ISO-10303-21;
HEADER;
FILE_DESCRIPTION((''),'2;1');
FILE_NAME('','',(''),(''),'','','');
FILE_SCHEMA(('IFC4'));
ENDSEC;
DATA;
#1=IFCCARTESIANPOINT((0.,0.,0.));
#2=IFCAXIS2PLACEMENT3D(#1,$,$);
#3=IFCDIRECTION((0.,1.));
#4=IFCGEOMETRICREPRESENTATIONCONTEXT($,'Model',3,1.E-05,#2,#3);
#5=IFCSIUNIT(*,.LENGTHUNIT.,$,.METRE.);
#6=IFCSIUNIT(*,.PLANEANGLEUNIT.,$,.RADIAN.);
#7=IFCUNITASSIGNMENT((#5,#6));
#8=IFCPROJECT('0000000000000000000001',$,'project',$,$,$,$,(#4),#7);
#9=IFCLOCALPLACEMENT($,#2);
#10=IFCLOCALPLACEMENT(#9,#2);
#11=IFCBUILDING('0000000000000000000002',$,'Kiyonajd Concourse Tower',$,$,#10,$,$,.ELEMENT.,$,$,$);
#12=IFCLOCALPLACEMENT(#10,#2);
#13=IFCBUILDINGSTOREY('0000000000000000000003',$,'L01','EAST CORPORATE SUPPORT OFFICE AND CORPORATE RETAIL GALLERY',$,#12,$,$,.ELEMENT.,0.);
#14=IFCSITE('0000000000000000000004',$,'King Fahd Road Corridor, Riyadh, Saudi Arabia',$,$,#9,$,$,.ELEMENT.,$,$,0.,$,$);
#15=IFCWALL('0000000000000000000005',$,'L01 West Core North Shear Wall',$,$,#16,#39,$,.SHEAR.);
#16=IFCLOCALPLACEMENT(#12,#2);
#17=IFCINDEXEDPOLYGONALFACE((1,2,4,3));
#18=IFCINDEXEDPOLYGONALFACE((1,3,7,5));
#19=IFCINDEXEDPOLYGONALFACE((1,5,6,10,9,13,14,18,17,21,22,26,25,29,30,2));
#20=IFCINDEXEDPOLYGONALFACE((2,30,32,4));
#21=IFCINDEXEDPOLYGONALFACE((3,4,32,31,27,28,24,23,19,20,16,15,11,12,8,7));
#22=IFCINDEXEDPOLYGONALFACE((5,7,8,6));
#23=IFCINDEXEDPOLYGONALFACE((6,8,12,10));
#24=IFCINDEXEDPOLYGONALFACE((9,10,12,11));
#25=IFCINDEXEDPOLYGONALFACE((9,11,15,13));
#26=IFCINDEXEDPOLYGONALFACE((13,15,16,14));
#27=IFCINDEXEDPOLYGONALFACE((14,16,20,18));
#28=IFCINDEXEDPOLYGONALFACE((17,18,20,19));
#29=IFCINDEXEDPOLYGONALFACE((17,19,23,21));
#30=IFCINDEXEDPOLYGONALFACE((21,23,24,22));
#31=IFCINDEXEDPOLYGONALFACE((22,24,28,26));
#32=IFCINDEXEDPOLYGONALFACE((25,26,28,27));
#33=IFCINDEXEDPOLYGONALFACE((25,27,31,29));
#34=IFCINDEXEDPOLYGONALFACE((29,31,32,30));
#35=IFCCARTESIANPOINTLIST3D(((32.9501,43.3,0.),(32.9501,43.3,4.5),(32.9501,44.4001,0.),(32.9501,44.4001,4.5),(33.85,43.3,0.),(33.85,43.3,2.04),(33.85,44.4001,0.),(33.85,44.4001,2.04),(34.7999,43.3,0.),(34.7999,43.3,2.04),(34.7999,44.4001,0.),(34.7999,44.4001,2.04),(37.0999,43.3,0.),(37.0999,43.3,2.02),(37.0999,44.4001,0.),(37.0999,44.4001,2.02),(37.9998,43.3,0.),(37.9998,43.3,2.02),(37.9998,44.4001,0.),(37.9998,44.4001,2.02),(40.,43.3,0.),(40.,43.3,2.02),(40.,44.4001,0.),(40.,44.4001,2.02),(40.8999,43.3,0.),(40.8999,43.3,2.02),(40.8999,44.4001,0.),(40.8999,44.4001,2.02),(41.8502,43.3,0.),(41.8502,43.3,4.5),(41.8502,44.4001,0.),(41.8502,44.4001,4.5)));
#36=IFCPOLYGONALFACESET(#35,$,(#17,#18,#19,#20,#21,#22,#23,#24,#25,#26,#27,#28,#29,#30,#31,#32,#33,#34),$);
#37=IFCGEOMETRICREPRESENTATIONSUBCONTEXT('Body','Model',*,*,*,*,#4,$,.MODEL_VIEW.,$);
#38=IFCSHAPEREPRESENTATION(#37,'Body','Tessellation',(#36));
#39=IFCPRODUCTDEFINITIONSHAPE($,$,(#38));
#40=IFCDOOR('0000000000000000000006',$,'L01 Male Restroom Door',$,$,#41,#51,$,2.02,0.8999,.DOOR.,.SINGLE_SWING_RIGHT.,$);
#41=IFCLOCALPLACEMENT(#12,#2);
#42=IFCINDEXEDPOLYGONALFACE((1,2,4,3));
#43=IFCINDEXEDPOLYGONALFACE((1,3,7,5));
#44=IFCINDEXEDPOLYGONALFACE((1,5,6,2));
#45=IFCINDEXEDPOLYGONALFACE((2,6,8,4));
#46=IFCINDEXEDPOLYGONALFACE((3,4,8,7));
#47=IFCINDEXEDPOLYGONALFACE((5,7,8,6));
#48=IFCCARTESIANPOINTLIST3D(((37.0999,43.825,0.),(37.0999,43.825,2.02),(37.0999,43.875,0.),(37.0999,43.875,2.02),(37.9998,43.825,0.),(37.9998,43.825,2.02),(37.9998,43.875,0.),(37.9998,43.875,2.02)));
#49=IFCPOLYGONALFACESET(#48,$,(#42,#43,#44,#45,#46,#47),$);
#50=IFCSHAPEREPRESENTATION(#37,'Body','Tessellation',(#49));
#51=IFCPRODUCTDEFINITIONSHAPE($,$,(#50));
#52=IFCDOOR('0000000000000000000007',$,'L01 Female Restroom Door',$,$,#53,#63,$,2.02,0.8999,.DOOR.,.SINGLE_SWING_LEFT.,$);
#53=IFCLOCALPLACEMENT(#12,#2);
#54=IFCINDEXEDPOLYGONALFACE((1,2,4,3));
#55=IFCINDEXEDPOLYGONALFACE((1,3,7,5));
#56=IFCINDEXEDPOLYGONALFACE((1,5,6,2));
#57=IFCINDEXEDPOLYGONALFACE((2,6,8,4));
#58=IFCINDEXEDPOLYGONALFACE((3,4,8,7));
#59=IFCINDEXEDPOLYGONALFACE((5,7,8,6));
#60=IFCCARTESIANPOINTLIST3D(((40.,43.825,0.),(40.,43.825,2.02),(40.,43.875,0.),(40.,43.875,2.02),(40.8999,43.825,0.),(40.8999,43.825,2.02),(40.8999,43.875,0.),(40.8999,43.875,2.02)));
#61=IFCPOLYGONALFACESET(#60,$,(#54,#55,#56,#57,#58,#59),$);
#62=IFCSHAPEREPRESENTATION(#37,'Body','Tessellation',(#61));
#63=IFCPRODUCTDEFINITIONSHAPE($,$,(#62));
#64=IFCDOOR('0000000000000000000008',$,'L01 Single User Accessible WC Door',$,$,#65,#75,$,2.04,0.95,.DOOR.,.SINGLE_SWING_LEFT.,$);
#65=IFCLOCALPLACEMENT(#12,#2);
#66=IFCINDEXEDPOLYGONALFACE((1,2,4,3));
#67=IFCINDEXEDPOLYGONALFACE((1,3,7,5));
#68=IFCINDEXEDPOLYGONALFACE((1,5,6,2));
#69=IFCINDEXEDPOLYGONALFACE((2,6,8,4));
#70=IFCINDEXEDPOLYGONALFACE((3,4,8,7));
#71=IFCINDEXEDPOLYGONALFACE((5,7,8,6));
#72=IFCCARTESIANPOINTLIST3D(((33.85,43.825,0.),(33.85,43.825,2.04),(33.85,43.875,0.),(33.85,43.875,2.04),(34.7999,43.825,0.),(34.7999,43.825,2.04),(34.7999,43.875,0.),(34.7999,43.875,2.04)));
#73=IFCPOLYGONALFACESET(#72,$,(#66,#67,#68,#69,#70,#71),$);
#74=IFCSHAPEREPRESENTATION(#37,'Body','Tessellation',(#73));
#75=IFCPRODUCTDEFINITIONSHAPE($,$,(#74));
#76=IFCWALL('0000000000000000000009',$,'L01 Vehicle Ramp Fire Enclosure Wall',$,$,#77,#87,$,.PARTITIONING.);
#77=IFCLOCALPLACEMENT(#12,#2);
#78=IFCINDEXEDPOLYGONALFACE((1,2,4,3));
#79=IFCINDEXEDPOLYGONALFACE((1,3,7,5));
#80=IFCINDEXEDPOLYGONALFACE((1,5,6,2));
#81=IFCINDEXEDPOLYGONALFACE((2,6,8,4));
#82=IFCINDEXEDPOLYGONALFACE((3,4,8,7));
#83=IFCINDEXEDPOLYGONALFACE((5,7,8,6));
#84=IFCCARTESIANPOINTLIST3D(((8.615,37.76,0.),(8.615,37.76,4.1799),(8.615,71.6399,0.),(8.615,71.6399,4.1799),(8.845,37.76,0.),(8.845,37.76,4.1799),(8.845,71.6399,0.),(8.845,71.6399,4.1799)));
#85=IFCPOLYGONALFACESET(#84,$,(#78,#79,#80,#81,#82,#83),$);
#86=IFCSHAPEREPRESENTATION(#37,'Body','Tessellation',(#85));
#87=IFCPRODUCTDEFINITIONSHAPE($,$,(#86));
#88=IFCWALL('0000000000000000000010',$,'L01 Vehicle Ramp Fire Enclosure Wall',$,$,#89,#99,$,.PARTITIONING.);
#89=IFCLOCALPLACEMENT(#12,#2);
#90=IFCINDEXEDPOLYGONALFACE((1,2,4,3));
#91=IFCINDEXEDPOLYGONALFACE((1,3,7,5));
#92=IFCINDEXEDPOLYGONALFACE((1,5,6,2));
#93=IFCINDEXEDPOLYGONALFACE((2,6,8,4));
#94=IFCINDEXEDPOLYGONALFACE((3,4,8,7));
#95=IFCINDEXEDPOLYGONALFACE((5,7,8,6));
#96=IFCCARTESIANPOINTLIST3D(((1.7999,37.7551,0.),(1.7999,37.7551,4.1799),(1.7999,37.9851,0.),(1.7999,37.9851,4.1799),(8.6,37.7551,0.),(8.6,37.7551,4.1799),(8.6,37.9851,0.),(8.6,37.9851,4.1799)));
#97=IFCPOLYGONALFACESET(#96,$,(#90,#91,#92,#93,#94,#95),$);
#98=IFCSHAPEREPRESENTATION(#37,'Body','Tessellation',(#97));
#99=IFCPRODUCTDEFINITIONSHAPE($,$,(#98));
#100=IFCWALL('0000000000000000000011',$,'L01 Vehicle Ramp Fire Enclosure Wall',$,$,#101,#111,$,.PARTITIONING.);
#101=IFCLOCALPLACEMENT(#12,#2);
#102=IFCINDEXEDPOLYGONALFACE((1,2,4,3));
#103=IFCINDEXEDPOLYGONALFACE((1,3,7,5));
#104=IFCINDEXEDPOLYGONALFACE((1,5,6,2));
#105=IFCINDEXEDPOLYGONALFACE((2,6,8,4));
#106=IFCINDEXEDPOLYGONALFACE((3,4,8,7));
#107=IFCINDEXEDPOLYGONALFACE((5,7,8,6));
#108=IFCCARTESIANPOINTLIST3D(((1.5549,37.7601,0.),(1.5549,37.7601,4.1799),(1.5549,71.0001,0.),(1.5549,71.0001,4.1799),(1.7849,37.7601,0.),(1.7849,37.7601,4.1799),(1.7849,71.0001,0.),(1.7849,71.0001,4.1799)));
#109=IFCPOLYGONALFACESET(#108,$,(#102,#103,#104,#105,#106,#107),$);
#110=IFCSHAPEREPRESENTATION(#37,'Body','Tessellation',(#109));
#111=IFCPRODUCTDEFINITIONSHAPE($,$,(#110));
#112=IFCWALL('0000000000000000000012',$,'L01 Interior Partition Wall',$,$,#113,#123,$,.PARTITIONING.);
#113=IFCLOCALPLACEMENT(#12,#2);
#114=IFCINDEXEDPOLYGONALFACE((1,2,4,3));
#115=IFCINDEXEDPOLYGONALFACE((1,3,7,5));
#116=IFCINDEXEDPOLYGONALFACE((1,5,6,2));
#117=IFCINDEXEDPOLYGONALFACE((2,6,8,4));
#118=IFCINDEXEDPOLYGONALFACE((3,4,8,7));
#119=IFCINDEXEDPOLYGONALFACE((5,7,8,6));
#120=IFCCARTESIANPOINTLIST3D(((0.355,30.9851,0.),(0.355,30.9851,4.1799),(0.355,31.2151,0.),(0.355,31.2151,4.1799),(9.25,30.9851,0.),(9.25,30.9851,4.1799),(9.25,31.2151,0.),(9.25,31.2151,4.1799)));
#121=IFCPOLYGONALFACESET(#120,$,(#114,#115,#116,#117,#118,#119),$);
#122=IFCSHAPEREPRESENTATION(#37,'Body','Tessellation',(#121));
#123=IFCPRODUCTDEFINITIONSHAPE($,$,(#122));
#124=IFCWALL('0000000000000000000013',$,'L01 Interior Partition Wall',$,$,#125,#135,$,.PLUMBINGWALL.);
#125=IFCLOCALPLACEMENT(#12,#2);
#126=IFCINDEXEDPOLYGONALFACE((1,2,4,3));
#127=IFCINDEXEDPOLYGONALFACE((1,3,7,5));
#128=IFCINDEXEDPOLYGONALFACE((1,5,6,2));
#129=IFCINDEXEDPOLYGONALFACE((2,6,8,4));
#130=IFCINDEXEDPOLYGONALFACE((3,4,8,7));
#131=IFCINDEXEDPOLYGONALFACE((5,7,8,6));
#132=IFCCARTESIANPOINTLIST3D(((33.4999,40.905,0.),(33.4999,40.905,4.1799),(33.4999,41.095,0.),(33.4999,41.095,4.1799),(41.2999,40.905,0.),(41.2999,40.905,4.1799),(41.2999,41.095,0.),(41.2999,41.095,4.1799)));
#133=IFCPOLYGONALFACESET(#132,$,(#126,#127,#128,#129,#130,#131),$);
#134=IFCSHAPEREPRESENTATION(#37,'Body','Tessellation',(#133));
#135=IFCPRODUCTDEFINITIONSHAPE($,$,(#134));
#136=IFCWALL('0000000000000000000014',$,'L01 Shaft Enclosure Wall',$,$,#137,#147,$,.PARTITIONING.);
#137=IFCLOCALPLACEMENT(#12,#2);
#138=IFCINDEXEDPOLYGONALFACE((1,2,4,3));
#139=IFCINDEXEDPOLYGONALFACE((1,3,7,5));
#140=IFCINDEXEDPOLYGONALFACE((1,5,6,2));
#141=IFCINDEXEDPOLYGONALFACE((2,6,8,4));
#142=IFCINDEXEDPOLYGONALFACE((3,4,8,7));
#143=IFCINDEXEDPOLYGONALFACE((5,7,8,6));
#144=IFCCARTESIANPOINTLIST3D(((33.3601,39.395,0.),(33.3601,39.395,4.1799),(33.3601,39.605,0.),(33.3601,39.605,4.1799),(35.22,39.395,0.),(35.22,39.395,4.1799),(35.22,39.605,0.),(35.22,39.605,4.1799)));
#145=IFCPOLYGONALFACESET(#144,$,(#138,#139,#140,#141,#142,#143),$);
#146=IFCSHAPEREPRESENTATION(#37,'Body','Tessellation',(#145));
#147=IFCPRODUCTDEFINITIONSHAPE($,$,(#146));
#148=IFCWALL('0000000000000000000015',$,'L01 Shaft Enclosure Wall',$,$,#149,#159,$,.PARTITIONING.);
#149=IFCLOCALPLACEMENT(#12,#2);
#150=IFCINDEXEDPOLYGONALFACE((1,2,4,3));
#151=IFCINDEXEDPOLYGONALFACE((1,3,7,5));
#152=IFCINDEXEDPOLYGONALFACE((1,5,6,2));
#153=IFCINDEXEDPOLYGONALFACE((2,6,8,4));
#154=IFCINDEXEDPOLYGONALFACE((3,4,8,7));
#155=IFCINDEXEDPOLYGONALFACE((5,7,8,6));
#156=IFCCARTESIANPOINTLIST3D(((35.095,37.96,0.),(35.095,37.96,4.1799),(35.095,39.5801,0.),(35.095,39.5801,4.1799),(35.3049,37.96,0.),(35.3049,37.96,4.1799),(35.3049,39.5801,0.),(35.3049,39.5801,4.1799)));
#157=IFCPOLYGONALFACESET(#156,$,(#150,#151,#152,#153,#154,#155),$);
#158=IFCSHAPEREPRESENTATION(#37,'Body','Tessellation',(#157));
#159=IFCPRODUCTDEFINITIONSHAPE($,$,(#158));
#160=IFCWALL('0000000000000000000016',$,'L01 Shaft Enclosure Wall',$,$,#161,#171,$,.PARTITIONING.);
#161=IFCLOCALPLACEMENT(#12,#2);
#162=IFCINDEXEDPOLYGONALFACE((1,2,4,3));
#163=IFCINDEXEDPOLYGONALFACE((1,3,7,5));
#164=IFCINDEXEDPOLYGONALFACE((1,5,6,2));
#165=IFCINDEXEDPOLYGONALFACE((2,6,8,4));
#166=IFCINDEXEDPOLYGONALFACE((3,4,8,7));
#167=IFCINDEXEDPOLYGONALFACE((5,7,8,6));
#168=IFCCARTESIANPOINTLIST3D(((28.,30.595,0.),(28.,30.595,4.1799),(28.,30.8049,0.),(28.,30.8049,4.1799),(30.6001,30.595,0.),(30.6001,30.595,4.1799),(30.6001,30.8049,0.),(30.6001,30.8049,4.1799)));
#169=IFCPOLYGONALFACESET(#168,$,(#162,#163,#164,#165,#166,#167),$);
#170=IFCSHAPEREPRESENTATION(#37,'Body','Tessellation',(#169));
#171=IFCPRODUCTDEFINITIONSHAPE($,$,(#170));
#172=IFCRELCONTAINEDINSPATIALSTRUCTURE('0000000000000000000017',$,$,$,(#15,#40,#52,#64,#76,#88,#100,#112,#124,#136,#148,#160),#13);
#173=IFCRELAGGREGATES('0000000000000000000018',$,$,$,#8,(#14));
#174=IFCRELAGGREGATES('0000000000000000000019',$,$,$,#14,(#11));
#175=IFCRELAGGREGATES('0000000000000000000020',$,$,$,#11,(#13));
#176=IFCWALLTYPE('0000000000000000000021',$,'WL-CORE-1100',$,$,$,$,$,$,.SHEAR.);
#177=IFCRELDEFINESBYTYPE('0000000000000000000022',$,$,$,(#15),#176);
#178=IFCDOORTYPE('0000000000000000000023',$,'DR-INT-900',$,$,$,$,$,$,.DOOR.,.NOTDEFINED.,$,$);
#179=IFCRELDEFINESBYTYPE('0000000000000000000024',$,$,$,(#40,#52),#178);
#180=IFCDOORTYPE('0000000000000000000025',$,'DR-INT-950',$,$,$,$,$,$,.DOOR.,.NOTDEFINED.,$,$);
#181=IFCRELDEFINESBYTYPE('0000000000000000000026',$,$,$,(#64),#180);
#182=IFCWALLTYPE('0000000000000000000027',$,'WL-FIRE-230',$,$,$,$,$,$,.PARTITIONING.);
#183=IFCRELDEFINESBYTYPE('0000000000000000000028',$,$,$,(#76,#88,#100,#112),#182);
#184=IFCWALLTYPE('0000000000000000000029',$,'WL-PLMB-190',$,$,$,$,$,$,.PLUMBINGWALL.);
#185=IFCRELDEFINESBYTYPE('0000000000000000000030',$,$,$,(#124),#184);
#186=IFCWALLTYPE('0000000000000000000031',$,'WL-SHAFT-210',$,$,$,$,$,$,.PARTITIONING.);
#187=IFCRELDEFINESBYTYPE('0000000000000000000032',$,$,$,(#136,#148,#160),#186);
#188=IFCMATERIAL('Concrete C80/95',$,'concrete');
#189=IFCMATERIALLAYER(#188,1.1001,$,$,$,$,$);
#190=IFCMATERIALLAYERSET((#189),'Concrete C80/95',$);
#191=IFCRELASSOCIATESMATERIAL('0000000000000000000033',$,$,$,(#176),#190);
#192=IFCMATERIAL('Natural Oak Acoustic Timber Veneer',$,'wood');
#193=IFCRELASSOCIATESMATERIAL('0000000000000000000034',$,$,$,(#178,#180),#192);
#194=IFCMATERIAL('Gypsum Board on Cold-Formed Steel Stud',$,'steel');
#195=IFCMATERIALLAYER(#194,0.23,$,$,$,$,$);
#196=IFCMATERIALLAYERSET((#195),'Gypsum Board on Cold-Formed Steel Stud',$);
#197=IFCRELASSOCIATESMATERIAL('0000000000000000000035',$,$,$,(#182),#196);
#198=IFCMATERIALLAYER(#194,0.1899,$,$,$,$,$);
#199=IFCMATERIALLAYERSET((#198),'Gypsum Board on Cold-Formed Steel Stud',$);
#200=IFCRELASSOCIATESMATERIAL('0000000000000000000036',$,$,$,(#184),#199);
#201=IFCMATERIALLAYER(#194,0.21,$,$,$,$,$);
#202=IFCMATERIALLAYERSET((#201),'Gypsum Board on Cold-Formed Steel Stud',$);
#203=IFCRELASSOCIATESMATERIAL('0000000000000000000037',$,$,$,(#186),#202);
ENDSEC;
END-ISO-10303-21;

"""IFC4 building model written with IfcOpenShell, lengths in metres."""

from ifc_helpers import new_model, si_unit, direction, frame, frame_2d, origin, place, context, subcontext, project, spatial, rectangle, extrude, material, layer, layer_set, type_object, element, fill, save


model = new_model("IFC4")

# Units and contexts
model_context = context("Model", 3, precision=1e-05, world=origin(), true_north=direction((0.0, 1.0)))
body_context = subcontext(model_context, "Body", "Model", "MODEL_VIEW")
ifc_project = project(units=[si_unit("LENGTHUNIT", "METRE"), si_unit("PLANEANGLEUNIT", "RADIAN")], contexts=[model_context])

# Site, building, storey
site_placement = place(None, origin())
site = spatial("IfcSite", under=ifc_project, at=site_placement, Name="King Fahd Road Corridor, Riyadh, Saudi Arabia", CompositionType="ELEMENT", RefElevation=0.0)
building_placement = place(site_placement, origin())
building = spatial("IfcBuilding", under=site, at=building_placement, Name="Kiyonajd Concourse Tower", CompositionType="ELEMENT")
storey_placement = place(building_placement, origin())
storey = spatial("IfcBuildingStorey", under=building, at=storey_placement, Name="L01", Description="EAST CORPORATE SUPPORT OFFICE AND CORPORATE RETAIL GALLERY", CompositionType="ELEMENT", Elevation=0.0)

# Shared definitions
ifc_material_1 = material(Name="Concrete C80/95", Category="concrete")

# Wall, openings, doors
ifc_layer_1 = layer(ifc_material_1, 1.1001)
ifc_layer_set_1 = layer_set([ifc_layer_1], Name="Concrete C80/95")
wall_type_1 = type_object("IfcWallType", Name="WL-CORE-1100", PredefinedType="SHEAR", material=ifc_layer_set_1)
wall_1_placement = place(storey_placement, frame((32.95, 43.8501, 0.0), z_axis=(0.0, 0.0, 1.0), x_axis=(1.0, 0.0, 0.0)))
wall_1 = element("IfcWall", 1, at=wall_1_placement, inside=storey, type_object=wall_type_1, Name="L01 West Core North Shear Wall", PredefinedType="SHEAR", context=body_context, shape_type="SweptSolid", body=[
    extrude(rectangle(XDim=8.9001, YDim=1.1001, at=frame_2d((4.4502, 0.0))), origin(), (0.0, 0.0, 1.0), 4.5),
])
opening_1_placement = place(wall_1_placement, frame((0.8999, 0.0, 0.0)))
opening_1 = element("IfcOpeningElement", 2, at=opening_1_placement, cuts=wall_1, PredefinedType="OPENING", context=body_context, shape_type="SweptSolid", body=[
    extrude(rectangle(XDim=0.95, YDim=2.04, at=frame_2d((0.4751, 1.02))), frame((0.0, 0.5601, 0.0), z_axis=(0.0, -1.0, 0.0), x_axis=(1.0, 0.0, 0.0)), (0.0, 0.0, 1.0), 1.1201),
])
opening_2_placement = place(wall_1_placement, frame((4.1499, 0.0, 0.0)))
opening_2 = element("IfcOpeningElement", 3, at=opening_2_placement, cuts=wall_1, PredefinedType="OPENING", context=body_context, shape_type="SweptSolid", body=[
    extrude(rectangle(XDim=0.8999, YDim=2.02, at=frame_2d((0.45, 1.01))), frame((0.0, 0.5601, 0.0), z_axis=(0.0, -1.0, 0.0), x_axis=(1.0, 0.0, 0.0)), (0.0, 0.0, 1.0), 1.1201),
])
opening_3_placement = place(wall_1_placement, frame((7.05, 0.0, 0.0)))
opening_3 = element("IfcOpeningElement", 4, at=opening_3_placement, cuts=wall_1, PredefinedType="OPENING", context=body_context, shape_type="SweptSolid", body=[
    extrude(rectangle(XDim=0.8999, YDim=2.02, at=frame_2d((0.45, 1.01))), frame((0.0, 0.5601, 0.0), z_axis=(0.0, -1.0, 0.0), x_axis=(1.0, 0.0, 0.0)), (0.0, 0.0, 1.0), 1.1201),
])
ifc_material_2 = material(Name="Natural Oak Acoustic Timber Veneer", Category="wood")
door_type_1 = type_object("IfcDoorType", Name="DR-INT-900", OperationType="NOTDEFINED", PredefinedType="DOOR", material=ifc_material_2)
door_1_placement = place(opening_2_placement, origin())
door_1 = element("IfcDoor", 5, at=door_1_placement, inside=storey, type_object=door_type_1, Name="L01 Male Restroom Door", OperationType="SINGLE_SWING_RIGHT", OverallHeight=2.02, OverallWidth=0.8999, PredefinedType="DOOR", context=body_context, shape_type="SweptSolid", body=[
    extrude(rectangle(XDim=0.8999, YDim=2.02, at=frame_2d((0.45, 1.01))), frame((0.0, 0.0249, 0.0), z_axis=(0.0, -1.0, 0.0), x_axis=(1.0, 0.0, 0.0)), (0.0, 0.0, 1.0), 0.05),
])
fill(opening_2, door_1)
door_2_placement = place(opening_3_placement, origin())
door_2 = element("IfcDoor", 6, at=door_2_placement, inside=storey, type_object=door_type_1, Name="L01 Female Restroom Door", OperationType="SINGLE_SWING_LEFT", OverallHeight=2.02, OverallWidth=0.8999, PredefinedType="DOOR", context=body_context, shape_type="SweptSolid", body=[
    extrude(rectangle(XDim=0.8999, YDim=2.02, at=frame_2d((0.45, 1.01))), frame((0.0, 0.0249, 0.0), z_axis=(0.0, -1.0, 0.0), x_axis=(1.0, 0.0, 0.0)), (0.0, 0.0, 1.0), 0.05),
])
fill(opening_3, door_2)
door_type_2 = type_object("IfcDoorType", Name="DR-INT-950", OperationType="NOTDEFINED", PredefinedType="DOOR", material=ifc_material_2)
door_3_placement = place(opening_1_placement, origin())
door_3 = element("IfcDoor", 7, at=door_3_placement, inside=storey, type_object=door_type_2, Name="L01 Single User Accessible WC Door", OperationType="SINGLE_SWING_LEFT", OverallHeight=2.04, OverallWidth=0.95, PredefinedType="DOOR", context=body_context, shape_type="SweptSolid", body=[
    extrude(rectangle(XDim=0.95, YDim=2.04, at=frame_2d((0.4751, 1.02))), frame((0.0, 0.0249, 0.0), z_axis=(0.0, -1.0, 0.0), x_axis=(1.0, 0.0, 0.0)), (0.0, 0.0, 1.0), 0.05),
])
fill(opening_1, door_3)

# Walls
ifc_material_3 = material(Name="Gypsum Board on Cold-Formed Steel Stud", Category="steel")
ifc_layer_2 = layer(ifc_material_3, 0.23)
ifc_layer_set_2 = layer_set([ifc_layer_2], Name="Gypsum Board on Cold-Formed Steel Stud")
wall_type_2 = type_object("IfcWallType", Name="WL-FIRE-230", PredefinedType="PARTITIONING", material=ifc_layer_set_2)
wall_2_placement = place(storey_placement, frame((8.73, 37.76, 0.0), z_axis=(0.0, 0.0, 1.0), x_axis=(0.0, 1.0, 0.0)))
element("IfcWall", 8, at=wall_2_placement, inside=storey, type_object=wall_type_2, Name="L01 Vehicle Ramp Fire Enclosure Wall", PredefinedType="PARTITIONING", context=body_context, shape_type="SweptSolid", body=[
    extrude(rectangle(XDim=33.8799, YDim=0.23, at=frame_2d((16.9399, 0.0))), origin(), (0.0, 0.0, 1.0), 4.1799),
])
wall_3_placement = place(storey_placement, frame((1.8, 37.8701, 0.0), z_axis=(0.0, 0.0, 1.0), x_axis=(1.0, 0.0, 0.0)))
element("IfcWall", 9, at=wall_3_placement, inside=storey, type_object=wall_type_2, Name="L01 Vehicle Ramp Fire Enclosure Wall", PredefinedType="PARTITIONING", context=body_context, shape_type="SweptSolid", body=[
    extrude(rectangle(XDim=6.8, YDim=0.23, at=frame_2d((3.3999, 0.0))), origin(), (0.0, 0.0, 1.0), 4.1799),
])
wall_4_placement = place(storey_placement, frame((1.6699, 37.76, 0.0), z_axis=(0.0, 0.0, 1.0), x_axis=(0.0, 1.0, 0.0)))
element("IfcWall", 10, at=wall_4_placement, inside=storey, type_object=wall_type_2, Name="L01 Vehicle Ramp Fire Enclosure Wall", PredefinedType="PARTITIONING", context=body_context, shape_type="SweptSolid", body=[
    extrude(rectangle(XDim=33.24, YDim=0.23, at=frame_2d((16.6201, 0.0))), origin(), (0.0, 0.0, 1.0), 4.1799),
])
wall_5_placement = place(storey_placement, frame((0.355, 31.1001, 0.0), z_axis=(0.0, 0.0, 1.0), x_axis=(1.0, 0.0, 0.0)))
element("IfcWall", 11, at=wall_5_placement, inside=storey, type_object=wall_type_2, Name="L01 Interior Partition Wall", PredefinedType="PARTITIONING", context=body_context, shape_type="SweptSolid", body=[
    extrude(rectangle(XDim=8.895, YDim=0.23, at=frame_2d((4.4475, 0.0))), origin(), (0.0, 0.0, 1.0), 4.1799),
])
ifc_layer_3 = layer(ifc_material_3, 0.1899)
ifc_layer_set_3 = layer_set([ifc_layer_3], Name="Gypsum Board on Cold-Formed Steel Stud")
wall_type_3 = type_object("IfcWallType", Name="WL-PLMB-190", PredefinedType="PLUMBINGWALL", material=ifc_layer_set_3)
wall_6_placement = place(storey_placement, frame((33.5, 41.0, 0.0), z_axis=(0.0, 0.0, 1.0), x_axis=(1.0, 0.0, 0.0)))
element("IfcWall", 12, at=wall_6_placement, inside=storey, type_object=wall_type_3, Name="L01 Interior Partition Wall", PredefinedType="PLUMBINGWALL", context=body_context, shape_type="SweptSolid", body=[
    extrude(rectangle(XDim=7.8, YDim=0.1899, at=frame_2d((3.8999, 0.0))), origin(), (0.0, 0.0, 1.0), 4.1799),
])
ifc_layer_4 = layer(ifc_material_3, 0.21)
ifc_layer_set_4 = layer_set([ifc_layer_4], Name="Gypsum Board on Cold-Formed Steel Stud")
wall_type_4 = type_object("IfcWallType", Name="WL-SHAFT-210", PredefinedType="PARTITIONING", material=ifc_layer_set_4)
wall_7_placement = place(storey_placement, frame((33.3601, 39.5, 0.0), z_axis=(0.0, 0.0, 1.0), x_axis=(1.0, 0.0, 0.0)))
element("IfcWall", 13, at=wall_7_placement, inside=storey, type_object=wall_type_4, Name="L01 Shaft Enclosure Wall", PredefinedType="PARTITIONING", context=body_context, shape_type="SweptSolid", body=[
    extrude(rectangle(XDim=1.8599, YDim=0.21, at=frame_2d((0.9299, 0.0))), origin(), (0.0, 0.0, 1.0), 4.1799),
])
wall_8_placement = place(storey_placement, frame((35.2, 37.96, 0.0), z_axis=(0.0, 0.0, 1.0), x_axis=(0.0, 1.0, 0.0)))
element("IfcWall", 14, at=wall_8_placement, inside=storey, type_object=wall_type_4, Name="L01 Shaft Enclosure Wall", PredefinedType="PARTITIONING", context=body_context, shape_type="SweptSolid", body=[
    extrude(rectangle(XDim=1.6201, YDim=0.21, at=frame_2d((0.8101, 0.0))), origin(), (0.0, 0.0, 1.0), 4.1799),
])
wall_9_placement = place(storey_placement, frame((28.0, 30.7, 0.0), z_axis=(0.0, 0.0, 1.0), x_axis=(1.0, 0.0, 0.0)))
element("IfcWall", 15, at=wall_9_placement, inside=storey, type_object=wall_type_4, Name="L01 Shaft Enclosure Wall", PredefinedType="PARTITIONING", context=body_context, shape_type="SweptSolid", body=[
    extrude(rectangle(XDim=2.6001, YDim=0.21, at=frame_2d((1.3, 0.0))), origin(), (0.0, 0.0, 1.0), 4.1799),
])

save(model, "model.ifc")
